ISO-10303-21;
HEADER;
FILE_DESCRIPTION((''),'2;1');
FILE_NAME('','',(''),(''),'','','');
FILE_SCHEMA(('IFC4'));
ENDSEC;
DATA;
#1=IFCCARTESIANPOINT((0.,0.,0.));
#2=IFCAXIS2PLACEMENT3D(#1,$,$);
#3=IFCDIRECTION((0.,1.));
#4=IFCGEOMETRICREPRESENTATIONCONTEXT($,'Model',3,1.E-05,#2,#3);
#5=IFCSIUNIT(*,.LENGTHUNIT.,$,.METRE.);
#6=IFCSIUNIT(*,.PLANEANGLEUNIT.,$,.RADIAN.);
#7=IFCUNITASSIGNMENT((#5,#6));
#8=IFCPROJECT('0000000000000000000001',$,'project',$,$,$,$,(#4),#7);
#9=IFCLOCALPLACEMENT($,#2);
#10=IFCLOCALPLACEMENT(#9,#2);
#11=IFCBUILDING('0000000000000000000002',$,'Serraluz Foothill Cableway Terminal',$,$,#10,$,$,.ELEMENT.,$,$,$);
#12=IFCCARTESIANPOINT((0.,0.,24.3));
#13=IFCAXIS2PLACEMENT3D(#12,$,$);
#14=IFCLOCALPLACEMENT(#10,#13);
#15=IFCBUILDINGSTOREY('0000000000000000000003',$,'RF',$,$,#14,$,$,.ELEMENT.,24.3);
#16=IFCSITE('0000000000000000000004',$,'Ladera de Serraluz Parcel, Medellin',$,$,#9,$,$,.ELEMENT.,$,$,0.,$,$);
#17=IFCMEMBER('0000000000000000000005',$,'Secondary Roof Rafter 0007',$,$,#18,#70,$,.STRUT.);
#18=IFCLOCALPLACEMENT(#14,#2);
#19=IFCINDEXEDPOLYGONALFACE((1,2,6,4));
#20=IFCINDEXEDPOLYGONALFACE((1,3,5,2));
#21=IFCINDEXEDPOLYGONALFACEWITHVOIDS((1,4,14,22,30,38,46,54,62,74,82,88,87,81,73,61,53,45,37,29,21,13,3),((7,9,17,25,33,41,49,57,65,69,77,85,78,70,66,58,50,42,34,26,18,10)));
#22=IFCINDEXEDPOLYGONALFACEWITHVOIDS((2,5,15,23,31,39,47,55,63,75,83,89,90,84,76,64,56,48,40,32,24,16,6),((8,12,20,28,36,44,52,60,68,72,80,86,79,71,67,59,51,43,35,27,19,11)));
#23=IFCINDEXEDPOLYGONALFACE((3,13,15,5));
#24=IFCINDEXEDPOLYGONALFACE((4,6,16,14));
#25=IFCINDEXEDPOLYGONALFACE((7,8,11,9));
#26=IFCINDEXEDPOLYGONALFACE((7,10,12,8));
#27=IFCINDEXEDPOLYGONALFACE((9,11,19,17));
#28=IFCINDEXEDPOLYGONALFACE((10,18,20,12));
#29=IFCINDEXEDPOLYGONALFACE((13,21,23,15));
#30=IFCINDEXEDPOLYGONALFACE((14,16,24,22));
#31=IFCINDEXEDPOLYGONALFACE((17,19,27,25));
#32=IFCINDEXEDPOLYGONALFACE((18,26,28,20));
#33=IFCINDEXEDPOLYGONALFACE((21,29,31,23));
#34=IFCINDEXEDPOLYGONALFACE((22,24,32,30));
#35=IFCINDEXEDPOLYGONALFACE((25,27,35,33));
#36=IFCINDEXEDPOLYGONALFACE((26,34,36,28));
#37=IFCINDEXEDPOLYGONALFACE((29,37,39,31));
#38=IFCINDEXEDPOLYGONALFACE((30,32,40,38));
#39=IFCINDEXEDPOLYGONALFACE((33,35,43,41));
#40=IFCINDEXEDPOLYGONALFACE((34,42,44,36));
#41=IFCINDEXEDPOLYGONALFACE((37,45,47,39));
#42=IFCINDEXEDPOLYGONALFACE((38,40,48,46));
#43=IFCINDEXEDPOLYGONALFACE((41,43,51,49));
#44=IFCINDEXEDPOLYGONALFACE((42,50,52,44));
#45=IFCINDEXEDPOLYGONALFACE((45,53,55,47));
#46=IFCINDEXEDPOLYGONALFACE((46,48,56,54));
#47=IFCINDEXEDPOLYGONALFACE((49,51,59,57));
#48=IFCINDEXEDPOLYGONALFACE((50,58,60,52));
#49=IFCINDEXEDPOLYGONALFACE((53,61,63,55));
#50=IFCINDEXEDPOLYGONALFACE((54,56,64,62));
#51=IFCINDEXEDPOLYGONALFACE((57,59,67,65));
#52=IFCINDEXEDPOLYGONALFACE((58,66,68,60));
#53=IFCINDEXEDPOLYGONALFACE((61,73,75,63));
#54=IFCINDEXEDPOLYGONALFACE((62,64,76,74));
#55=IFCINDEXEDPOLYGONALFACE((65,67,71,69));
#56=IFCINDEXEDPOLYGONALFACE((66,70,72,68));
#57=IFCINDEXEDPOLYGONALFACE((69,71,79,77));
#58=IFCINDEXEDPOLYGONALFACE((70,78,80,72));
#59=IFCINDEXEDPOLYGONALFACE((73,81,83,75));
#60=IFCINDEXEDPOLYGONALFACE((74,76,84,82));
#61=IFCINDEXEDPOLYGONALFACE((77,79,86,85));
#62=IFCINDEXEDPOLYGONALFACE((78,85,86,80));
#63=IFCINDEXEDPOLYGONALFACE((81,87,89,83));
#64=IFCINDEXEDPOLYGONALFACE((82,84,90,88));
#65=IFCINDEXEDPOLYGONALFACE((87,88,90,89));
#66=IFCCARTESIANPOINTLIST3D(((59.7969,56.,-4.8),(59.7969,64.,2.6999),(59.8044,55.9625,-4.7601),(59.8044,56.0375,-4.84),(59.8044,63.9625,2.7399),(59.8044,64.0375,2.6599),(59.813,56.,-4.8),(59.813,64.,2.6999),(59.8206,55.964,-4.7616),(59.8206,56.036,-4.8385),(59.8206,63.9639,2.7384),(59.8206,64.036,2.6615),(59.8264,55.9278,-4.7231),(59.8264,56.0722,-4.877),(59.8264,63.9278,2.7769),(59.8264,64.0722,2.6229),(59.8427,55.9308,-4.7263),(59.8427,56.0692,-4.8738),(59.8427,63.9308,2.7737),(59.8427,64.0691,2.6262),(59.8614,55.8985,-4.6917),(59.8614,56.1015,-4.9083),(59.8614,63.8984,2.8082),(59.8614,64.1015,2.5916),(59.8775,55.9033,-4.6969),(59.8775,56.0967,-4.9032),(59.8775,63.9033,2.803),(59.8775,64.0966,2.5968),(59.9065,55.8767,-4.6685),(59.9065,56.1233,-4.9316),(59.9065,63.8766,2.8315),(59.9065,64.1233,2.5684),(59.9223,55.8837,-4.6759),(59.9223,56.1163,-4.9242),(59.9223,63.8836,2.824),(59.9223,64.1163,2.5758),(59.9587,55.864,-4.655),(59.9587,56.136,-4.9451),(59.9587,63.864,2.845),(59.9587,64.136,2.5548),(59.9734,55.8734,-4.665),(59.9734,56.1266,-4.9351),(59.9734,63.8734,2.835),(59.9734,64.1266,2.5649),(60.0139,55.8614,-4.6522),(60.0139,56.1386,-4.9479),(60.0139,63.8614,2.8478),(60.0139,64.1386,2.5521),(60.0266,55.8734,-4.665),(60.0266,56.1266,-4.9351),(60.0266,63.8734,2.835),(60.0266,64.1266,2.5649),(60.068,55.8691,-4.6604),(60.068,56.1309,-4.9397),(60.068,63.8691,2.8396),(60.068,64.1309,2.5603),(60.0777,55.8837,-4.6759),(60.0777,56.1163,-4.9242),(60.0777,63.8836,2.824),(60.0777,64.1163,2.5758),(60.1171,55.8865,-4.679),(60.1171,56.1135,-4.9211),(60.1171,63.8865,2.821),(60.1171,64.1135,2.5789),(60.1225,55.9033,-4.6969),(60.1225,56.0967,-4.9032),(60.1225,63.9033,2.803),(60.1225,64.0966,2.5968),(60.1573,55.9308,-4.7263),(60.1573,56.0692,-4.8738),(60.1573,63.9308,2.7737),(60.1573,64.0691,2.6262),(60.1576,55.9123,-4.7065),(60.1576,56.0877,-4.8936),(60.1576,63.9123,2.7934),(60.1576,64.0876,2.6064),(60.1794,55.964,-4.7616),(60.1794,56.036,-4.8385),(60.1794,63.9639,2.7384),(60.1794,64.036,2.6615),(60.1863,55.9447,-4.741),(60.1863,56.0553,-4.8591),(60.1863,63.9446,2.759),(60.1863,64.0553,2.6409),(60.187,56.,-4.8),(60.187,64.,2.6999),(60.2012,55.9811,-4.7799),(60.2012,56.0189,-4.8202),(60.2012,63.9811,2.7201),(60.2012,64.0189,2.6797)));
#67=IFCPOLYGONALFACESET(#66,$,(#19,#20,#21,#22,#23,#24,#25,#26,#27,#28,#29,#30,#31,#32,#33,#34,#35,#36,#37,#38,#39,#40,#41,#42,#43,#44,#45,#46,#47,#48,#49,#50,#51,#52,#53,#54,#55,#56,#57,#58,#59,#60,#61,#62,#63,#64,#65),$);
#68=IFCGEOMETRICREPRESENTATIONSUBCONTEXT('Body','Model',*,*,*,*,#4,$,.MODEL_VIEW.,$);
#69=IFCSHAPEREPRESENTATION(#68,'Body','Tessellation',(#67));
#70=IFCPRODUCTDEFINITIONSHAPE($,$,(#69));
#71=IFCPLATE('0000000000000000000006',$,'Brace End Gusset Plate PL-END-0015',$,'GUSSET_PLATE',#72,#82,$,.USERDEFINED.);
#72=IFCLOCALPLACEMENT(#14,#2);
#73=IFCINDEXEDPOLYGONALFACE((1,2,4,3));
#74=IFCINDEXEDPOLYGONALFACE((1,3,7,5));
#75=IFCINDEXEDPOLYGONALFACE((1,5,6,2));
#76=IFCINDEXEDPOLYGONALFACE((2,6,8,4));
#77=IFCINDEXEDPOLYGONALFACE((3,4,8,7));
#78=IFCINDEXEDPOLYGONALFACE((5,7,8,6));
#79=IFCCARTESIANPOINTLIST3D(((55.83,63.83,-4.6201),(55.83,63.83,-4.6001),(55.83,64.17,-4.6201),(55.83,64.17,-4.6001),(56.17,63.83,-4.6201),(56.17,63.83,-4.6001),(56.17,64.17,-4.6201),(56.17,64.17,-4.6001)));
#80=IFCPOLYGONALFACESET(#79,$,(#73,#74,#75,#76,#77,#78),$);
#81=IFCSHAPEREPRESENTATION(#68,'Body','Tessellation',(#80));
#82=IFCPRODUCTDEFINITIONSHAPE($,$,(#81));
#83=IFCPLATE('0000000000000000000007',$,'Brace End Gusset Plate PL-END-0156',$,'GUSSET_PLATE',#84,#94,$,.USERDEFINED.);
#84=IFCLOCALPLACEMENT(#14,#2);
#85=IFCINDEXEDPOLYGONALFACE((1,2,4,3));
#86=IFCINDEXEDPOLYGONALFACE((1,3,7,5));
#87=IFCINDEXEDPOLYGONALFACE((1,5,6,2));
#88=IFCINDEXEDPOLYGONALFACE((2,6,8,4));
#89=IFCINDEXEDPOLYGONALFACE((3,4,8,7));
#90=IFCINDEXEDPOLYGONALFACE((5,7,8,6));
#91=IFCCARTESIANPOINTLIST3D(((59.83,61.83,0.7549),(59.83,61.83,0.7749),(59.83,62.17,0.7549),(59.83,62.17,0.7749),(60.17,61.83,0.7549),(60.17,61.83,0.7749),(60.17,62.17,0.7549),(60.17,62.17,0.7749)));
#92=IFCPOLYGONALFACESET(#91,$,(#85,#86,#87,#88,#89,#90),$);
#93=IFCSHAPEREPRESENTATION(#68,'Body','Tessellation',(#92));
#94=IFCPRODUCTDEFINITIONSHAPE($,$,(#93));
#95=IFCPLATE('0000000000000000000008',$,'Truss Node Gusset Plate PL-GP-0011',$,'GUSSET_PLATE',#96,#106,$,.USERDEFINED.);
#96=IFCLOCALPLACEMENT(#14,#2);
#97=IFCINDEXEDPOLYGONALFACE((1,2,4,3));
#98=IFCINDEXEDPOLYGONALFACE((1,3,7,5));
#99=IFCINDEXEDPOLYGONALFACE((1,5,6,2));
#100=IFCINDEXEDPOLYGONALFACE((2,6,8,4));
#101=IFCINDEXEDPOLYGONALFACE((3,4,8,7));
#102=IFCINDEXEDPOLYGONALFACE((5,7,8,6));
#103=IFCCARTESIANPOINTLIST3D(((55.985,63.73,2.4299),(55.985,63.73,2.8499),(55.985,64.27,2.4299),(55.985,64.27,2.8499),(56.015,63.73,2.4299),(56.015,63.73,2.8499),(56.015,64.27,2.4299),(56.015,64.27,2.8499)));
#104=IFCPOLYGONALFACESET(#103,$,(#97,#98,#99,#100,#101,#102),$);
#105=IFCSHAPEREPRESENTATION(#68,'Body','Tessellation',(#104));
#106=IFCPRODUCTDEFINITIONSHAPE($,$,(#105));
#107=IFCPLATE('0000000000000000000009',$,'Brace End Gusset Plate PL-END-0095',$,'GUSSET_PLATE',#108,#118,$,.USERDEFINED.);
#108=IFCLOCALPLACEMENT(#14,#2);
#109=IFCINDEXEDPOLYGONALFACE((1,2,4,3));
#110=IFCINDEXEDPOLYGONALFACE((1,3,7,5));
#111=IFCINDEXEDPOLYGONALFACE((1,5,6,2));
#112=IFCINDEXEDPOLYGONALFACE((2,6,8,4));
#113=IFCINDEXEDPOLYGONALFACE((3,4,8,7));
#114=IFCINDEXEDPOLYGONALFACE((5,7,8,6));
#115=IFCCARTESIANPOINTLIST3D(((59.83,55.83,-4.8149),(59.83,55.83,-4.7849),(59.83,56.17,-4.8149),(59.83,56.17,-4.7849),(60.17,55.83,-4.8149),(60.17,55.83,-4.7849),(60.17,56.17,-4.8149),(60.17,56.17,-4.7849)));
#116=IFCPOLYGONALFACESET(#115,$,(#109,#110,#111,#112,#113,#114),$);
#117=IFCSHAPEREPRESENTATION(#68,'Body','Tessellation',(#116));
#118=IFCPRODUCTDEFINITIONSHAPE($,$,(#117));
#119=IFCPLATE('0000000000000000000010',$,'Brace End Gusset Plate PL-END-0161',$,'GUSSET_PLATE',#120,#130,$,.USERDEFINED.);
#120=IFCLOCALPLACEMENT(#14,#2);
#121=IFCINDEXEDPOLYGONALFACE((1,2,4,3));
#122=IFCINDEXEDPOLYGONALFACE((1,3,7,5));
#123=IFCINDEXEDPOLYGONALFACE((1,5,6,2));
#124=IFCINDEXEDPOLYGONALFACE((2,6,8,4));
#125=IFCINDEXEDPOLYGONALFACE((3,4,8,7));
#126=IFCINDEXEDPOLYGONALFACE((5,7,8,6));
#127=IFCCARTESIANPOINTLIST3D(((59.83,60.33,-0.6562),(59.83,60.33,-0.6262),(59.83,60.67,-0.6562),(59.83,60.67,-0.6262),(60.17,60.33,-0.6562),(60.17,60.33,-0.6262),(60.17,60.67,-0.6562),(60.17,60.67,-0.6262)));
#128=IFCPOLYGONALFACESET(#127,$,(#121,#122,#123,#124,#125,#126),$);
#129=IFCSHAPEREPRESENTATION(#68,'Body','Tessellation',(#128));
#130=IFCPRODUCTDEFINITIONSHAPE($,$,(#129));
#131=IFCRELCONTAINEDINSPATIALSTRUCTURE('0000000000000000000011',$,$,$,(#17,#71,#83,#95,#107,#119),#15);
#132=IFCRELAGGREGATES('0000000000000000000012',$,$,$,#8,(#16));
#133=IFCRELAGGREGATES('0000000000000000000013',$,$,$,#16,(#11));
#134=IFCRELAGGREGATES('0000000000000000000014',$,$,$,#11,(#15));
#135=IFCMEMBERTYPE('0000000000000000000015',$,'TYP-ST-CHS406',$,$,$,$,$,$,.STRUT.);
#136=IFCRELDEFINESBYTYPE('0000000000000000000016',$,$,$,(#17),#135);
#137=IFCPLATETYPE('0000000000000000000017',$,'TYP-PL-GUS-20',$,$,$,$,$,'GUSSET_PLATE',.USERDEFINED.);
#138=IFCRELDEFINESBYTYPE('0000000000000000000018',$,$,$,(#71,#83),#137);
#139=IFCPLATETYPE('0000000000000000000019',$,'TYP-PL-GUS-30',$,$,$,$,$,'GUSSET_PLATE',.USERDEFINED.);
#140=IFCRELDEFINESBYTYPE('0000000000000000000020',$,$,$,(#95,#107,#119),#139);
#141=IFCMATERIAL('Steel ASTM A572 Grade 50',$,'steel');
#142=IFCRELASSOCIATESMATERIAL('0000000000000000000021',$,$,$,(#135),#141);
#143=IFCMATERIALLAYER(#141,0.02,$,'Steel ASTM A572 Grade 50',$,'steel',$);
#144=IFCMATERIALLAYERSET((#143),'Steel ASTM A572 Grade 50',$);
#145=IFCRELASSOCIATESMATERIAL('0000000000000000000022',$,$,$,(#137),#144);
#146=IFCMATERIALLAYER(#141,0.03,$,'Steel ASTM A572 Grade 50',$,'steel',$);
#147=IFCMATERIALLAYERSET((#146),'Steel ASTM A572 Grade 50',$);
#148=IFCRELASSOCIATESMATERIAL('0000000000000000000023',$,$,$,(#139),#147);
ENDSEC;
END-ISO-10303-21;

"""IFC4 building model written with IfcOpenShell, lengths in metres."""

from ifc_helpers import new_model, si_unit, direction, frame, origin, origin_2d, place, context, subcontext, project, spatial, rectangle, hollow_circle, extrude, material, layer, layer_set, material_profile, profile_set, type_object, element, save


model = new_model("IFC4")

# Units and contexts
model_context = context("Model", 3, precision=1e-05, world=origin(), true_north=direction((0.0, 1.0)))
body_context = subcontext(model_context, "Body", "Model", "MODEL_VIEW")
ifc_project = project(units=[si_unit("LENGTHUNIT", "METRE"), si_unit("PLANEANGLEUNIT", "RADIAN")], contexts=[model_context])

# Site, building, storey
site_placement = place(None, origin())
site = spatial("IfcSite", under=ifc_project, at=site_placement, Name="Ladera de Serraluz Parcel, Medellin", CompositionType="ELEMENT", RefElevation=0.0)
building_placement = place(site_placement, origin())
building = spatial("IfcBuilding", under=site, at=building_placement, Name="Serraluz Foothill Cableway Terminal", CompositionType="ELEMENT")
storey_placement = place(building_placement, frame((0.0, 0.0, 24.3)))
storey = spatial("IfcBuildingStorey", under=building, at=storey_placement, Name="RF", CompositionType="ELEMENT", Elevation=24.3)

# Member
ifc_material_1 = material(Name="Steel ASTM A572 Grade 50", Category="steel")
ifc_material_profile_1 = material_profile(ifc_material_1, hollow_circle(Radius=0.2031, WallThickness=0.0161, at=origin_2d()), Name="CHS406X16")
ifc_profile_set_1 = profile_set([ifc_material_profile_1], Name="Steel ASTM A572 Grade 50")
member_type_1 = type_object("IfcMemberType", Name="TYP-ST-CHS406", PredefinedType="STRUT", material=ifc_profile_set_1)
member_1_placement = place(storey_placement, frame((60.0, 56.0, -4.8), z_axis=(0.0, 0.729537, 0.683941), x_axis=(-1.0, 0.0, 0.0)))
element("IfcMember", 1, at=member_1_placement, inside=storey, type_object=member_type_1, Name="Secondary Roof Rafter 0007", PredefinedType="STRUT", context=body_context, shape_type="SweptSolid", body=[
    extrude(hollow_circle(Radius=0.2031, WallThickness=0.0161, at=origin_2d()), origin(), (0.0, 0.0, 1.0), 10.9658),
])

# Plates
ifc_layer_1 = layer(ifc_material_1, 0.02, Name="Steel ASTM A572 Grade 50", Category="steel")
ifc_layer_set_1 = layer_set([ifc_layer_1], Name="Steel ASTM A572 Grade 50")
plate_type_1 = type_object("IfcPlateType", Name="TYP-PL-GUS-20", ElementType="GUSSET_PLATE", PredefinedType="USERDEFINED", material=ifc_layer_set_1)
for number, where, z_axis, x_axis, name in (
    (2, (56.0, 64.0, -4.6201), (0.0, 0.0, 1.0), (1.0, 0.0, 0.0), "Brace End Gusset Plate PL-END-0015"),
    (3, (60.0, 62.0, 0.7549), (0.0, 0.0, 1.0), (1.0, 0.0, 0.0), "Brace End Gusset Plate PL-END-0156"),
):
    element("IfcPlate", number, at=place(storey_placement, frame(where, z_axis=z_axis, x_axis=x_axis)), inside=storey, type_object=plate_type_1, Name=name, ObjectType="GUSSET_PLATE", PredefinedType="USERDEFINED", context=body_context, shape_type="SweptSolid", body=[
        extrude(rectangle(XDim=0.3401, YDim=0.3401, at=origin_2d()), origin(), (0.0, 0.0, 1.0), 0.02),
    ])
ifc_layer_2 = layer(ifc_material_1, 0.03, Name="Steel ASTM A572 Grade 50", Category="steel")
ifc_layer_set_2 = layer_set([ifc_layer_2], Name="Steel ASTM A572 Grade 50")
plate_type_2 = type_object("IfcPlateType", Name="TYP-PL-GUS-30", ElementType="GUSSET_PLATE", PredefinedType="USERDEFINED", material=ifc_layer_set_2)
plate_placement = place(storey_placement, frame((56.0, 64.0, 2.4299), z_axis=(0.0, 0.0, 1.0), x_axis=(1.0, 0.0, 0.0)))
element("IfcPlate", 4, at=plate_placement, inside=storey, type_object=plate_type_2, Name="Truss Node Gusset Plate PL-GP-0011", ObjectType="GUSSET_PLATE", PredefinedType="USERDEFINED", context=body_context, shape_type="SweptSolid", body=[
    extrude(rectangle(XDim=0.03, YDim=0.54, at=origin_2d()), origin(), (0.0, 0.0, 1.0), 0.4199),
])
for number, where, z_axis, x_axis, name in (
    (5, (60.0, 56.0, -4.8149), (0.0, 0.0, 1.0), (1.0, 0.0, 0.0), "Brace End Gusset Plate PL-END-0095"),
    (6, (60.0, 60.5, -0.6562), (0.0, 0.0, 1.0), (1.0, 0.0, 0.0), "Brace End Gusset Plate PL-END-0161"),
):
    element("IfcPlate", number, at=place(storey_placement, frame(where, z_axis=z_axis, x_axis=x_axis)), inside=storey, type_object=plate_type_2, Name=name, ObjectType="GUSSET_PLATE", PredefinedType="USERDEFINED", context=body_context, shape_type="SweptSolid", body=[
        extrude(rectangle(XDim=0.3401, YDim=0.3401, at=origin_2d()), origin(), (0.0, 0.0, 1.0), 0.03),
    ])

save(model, "model.ifc")
